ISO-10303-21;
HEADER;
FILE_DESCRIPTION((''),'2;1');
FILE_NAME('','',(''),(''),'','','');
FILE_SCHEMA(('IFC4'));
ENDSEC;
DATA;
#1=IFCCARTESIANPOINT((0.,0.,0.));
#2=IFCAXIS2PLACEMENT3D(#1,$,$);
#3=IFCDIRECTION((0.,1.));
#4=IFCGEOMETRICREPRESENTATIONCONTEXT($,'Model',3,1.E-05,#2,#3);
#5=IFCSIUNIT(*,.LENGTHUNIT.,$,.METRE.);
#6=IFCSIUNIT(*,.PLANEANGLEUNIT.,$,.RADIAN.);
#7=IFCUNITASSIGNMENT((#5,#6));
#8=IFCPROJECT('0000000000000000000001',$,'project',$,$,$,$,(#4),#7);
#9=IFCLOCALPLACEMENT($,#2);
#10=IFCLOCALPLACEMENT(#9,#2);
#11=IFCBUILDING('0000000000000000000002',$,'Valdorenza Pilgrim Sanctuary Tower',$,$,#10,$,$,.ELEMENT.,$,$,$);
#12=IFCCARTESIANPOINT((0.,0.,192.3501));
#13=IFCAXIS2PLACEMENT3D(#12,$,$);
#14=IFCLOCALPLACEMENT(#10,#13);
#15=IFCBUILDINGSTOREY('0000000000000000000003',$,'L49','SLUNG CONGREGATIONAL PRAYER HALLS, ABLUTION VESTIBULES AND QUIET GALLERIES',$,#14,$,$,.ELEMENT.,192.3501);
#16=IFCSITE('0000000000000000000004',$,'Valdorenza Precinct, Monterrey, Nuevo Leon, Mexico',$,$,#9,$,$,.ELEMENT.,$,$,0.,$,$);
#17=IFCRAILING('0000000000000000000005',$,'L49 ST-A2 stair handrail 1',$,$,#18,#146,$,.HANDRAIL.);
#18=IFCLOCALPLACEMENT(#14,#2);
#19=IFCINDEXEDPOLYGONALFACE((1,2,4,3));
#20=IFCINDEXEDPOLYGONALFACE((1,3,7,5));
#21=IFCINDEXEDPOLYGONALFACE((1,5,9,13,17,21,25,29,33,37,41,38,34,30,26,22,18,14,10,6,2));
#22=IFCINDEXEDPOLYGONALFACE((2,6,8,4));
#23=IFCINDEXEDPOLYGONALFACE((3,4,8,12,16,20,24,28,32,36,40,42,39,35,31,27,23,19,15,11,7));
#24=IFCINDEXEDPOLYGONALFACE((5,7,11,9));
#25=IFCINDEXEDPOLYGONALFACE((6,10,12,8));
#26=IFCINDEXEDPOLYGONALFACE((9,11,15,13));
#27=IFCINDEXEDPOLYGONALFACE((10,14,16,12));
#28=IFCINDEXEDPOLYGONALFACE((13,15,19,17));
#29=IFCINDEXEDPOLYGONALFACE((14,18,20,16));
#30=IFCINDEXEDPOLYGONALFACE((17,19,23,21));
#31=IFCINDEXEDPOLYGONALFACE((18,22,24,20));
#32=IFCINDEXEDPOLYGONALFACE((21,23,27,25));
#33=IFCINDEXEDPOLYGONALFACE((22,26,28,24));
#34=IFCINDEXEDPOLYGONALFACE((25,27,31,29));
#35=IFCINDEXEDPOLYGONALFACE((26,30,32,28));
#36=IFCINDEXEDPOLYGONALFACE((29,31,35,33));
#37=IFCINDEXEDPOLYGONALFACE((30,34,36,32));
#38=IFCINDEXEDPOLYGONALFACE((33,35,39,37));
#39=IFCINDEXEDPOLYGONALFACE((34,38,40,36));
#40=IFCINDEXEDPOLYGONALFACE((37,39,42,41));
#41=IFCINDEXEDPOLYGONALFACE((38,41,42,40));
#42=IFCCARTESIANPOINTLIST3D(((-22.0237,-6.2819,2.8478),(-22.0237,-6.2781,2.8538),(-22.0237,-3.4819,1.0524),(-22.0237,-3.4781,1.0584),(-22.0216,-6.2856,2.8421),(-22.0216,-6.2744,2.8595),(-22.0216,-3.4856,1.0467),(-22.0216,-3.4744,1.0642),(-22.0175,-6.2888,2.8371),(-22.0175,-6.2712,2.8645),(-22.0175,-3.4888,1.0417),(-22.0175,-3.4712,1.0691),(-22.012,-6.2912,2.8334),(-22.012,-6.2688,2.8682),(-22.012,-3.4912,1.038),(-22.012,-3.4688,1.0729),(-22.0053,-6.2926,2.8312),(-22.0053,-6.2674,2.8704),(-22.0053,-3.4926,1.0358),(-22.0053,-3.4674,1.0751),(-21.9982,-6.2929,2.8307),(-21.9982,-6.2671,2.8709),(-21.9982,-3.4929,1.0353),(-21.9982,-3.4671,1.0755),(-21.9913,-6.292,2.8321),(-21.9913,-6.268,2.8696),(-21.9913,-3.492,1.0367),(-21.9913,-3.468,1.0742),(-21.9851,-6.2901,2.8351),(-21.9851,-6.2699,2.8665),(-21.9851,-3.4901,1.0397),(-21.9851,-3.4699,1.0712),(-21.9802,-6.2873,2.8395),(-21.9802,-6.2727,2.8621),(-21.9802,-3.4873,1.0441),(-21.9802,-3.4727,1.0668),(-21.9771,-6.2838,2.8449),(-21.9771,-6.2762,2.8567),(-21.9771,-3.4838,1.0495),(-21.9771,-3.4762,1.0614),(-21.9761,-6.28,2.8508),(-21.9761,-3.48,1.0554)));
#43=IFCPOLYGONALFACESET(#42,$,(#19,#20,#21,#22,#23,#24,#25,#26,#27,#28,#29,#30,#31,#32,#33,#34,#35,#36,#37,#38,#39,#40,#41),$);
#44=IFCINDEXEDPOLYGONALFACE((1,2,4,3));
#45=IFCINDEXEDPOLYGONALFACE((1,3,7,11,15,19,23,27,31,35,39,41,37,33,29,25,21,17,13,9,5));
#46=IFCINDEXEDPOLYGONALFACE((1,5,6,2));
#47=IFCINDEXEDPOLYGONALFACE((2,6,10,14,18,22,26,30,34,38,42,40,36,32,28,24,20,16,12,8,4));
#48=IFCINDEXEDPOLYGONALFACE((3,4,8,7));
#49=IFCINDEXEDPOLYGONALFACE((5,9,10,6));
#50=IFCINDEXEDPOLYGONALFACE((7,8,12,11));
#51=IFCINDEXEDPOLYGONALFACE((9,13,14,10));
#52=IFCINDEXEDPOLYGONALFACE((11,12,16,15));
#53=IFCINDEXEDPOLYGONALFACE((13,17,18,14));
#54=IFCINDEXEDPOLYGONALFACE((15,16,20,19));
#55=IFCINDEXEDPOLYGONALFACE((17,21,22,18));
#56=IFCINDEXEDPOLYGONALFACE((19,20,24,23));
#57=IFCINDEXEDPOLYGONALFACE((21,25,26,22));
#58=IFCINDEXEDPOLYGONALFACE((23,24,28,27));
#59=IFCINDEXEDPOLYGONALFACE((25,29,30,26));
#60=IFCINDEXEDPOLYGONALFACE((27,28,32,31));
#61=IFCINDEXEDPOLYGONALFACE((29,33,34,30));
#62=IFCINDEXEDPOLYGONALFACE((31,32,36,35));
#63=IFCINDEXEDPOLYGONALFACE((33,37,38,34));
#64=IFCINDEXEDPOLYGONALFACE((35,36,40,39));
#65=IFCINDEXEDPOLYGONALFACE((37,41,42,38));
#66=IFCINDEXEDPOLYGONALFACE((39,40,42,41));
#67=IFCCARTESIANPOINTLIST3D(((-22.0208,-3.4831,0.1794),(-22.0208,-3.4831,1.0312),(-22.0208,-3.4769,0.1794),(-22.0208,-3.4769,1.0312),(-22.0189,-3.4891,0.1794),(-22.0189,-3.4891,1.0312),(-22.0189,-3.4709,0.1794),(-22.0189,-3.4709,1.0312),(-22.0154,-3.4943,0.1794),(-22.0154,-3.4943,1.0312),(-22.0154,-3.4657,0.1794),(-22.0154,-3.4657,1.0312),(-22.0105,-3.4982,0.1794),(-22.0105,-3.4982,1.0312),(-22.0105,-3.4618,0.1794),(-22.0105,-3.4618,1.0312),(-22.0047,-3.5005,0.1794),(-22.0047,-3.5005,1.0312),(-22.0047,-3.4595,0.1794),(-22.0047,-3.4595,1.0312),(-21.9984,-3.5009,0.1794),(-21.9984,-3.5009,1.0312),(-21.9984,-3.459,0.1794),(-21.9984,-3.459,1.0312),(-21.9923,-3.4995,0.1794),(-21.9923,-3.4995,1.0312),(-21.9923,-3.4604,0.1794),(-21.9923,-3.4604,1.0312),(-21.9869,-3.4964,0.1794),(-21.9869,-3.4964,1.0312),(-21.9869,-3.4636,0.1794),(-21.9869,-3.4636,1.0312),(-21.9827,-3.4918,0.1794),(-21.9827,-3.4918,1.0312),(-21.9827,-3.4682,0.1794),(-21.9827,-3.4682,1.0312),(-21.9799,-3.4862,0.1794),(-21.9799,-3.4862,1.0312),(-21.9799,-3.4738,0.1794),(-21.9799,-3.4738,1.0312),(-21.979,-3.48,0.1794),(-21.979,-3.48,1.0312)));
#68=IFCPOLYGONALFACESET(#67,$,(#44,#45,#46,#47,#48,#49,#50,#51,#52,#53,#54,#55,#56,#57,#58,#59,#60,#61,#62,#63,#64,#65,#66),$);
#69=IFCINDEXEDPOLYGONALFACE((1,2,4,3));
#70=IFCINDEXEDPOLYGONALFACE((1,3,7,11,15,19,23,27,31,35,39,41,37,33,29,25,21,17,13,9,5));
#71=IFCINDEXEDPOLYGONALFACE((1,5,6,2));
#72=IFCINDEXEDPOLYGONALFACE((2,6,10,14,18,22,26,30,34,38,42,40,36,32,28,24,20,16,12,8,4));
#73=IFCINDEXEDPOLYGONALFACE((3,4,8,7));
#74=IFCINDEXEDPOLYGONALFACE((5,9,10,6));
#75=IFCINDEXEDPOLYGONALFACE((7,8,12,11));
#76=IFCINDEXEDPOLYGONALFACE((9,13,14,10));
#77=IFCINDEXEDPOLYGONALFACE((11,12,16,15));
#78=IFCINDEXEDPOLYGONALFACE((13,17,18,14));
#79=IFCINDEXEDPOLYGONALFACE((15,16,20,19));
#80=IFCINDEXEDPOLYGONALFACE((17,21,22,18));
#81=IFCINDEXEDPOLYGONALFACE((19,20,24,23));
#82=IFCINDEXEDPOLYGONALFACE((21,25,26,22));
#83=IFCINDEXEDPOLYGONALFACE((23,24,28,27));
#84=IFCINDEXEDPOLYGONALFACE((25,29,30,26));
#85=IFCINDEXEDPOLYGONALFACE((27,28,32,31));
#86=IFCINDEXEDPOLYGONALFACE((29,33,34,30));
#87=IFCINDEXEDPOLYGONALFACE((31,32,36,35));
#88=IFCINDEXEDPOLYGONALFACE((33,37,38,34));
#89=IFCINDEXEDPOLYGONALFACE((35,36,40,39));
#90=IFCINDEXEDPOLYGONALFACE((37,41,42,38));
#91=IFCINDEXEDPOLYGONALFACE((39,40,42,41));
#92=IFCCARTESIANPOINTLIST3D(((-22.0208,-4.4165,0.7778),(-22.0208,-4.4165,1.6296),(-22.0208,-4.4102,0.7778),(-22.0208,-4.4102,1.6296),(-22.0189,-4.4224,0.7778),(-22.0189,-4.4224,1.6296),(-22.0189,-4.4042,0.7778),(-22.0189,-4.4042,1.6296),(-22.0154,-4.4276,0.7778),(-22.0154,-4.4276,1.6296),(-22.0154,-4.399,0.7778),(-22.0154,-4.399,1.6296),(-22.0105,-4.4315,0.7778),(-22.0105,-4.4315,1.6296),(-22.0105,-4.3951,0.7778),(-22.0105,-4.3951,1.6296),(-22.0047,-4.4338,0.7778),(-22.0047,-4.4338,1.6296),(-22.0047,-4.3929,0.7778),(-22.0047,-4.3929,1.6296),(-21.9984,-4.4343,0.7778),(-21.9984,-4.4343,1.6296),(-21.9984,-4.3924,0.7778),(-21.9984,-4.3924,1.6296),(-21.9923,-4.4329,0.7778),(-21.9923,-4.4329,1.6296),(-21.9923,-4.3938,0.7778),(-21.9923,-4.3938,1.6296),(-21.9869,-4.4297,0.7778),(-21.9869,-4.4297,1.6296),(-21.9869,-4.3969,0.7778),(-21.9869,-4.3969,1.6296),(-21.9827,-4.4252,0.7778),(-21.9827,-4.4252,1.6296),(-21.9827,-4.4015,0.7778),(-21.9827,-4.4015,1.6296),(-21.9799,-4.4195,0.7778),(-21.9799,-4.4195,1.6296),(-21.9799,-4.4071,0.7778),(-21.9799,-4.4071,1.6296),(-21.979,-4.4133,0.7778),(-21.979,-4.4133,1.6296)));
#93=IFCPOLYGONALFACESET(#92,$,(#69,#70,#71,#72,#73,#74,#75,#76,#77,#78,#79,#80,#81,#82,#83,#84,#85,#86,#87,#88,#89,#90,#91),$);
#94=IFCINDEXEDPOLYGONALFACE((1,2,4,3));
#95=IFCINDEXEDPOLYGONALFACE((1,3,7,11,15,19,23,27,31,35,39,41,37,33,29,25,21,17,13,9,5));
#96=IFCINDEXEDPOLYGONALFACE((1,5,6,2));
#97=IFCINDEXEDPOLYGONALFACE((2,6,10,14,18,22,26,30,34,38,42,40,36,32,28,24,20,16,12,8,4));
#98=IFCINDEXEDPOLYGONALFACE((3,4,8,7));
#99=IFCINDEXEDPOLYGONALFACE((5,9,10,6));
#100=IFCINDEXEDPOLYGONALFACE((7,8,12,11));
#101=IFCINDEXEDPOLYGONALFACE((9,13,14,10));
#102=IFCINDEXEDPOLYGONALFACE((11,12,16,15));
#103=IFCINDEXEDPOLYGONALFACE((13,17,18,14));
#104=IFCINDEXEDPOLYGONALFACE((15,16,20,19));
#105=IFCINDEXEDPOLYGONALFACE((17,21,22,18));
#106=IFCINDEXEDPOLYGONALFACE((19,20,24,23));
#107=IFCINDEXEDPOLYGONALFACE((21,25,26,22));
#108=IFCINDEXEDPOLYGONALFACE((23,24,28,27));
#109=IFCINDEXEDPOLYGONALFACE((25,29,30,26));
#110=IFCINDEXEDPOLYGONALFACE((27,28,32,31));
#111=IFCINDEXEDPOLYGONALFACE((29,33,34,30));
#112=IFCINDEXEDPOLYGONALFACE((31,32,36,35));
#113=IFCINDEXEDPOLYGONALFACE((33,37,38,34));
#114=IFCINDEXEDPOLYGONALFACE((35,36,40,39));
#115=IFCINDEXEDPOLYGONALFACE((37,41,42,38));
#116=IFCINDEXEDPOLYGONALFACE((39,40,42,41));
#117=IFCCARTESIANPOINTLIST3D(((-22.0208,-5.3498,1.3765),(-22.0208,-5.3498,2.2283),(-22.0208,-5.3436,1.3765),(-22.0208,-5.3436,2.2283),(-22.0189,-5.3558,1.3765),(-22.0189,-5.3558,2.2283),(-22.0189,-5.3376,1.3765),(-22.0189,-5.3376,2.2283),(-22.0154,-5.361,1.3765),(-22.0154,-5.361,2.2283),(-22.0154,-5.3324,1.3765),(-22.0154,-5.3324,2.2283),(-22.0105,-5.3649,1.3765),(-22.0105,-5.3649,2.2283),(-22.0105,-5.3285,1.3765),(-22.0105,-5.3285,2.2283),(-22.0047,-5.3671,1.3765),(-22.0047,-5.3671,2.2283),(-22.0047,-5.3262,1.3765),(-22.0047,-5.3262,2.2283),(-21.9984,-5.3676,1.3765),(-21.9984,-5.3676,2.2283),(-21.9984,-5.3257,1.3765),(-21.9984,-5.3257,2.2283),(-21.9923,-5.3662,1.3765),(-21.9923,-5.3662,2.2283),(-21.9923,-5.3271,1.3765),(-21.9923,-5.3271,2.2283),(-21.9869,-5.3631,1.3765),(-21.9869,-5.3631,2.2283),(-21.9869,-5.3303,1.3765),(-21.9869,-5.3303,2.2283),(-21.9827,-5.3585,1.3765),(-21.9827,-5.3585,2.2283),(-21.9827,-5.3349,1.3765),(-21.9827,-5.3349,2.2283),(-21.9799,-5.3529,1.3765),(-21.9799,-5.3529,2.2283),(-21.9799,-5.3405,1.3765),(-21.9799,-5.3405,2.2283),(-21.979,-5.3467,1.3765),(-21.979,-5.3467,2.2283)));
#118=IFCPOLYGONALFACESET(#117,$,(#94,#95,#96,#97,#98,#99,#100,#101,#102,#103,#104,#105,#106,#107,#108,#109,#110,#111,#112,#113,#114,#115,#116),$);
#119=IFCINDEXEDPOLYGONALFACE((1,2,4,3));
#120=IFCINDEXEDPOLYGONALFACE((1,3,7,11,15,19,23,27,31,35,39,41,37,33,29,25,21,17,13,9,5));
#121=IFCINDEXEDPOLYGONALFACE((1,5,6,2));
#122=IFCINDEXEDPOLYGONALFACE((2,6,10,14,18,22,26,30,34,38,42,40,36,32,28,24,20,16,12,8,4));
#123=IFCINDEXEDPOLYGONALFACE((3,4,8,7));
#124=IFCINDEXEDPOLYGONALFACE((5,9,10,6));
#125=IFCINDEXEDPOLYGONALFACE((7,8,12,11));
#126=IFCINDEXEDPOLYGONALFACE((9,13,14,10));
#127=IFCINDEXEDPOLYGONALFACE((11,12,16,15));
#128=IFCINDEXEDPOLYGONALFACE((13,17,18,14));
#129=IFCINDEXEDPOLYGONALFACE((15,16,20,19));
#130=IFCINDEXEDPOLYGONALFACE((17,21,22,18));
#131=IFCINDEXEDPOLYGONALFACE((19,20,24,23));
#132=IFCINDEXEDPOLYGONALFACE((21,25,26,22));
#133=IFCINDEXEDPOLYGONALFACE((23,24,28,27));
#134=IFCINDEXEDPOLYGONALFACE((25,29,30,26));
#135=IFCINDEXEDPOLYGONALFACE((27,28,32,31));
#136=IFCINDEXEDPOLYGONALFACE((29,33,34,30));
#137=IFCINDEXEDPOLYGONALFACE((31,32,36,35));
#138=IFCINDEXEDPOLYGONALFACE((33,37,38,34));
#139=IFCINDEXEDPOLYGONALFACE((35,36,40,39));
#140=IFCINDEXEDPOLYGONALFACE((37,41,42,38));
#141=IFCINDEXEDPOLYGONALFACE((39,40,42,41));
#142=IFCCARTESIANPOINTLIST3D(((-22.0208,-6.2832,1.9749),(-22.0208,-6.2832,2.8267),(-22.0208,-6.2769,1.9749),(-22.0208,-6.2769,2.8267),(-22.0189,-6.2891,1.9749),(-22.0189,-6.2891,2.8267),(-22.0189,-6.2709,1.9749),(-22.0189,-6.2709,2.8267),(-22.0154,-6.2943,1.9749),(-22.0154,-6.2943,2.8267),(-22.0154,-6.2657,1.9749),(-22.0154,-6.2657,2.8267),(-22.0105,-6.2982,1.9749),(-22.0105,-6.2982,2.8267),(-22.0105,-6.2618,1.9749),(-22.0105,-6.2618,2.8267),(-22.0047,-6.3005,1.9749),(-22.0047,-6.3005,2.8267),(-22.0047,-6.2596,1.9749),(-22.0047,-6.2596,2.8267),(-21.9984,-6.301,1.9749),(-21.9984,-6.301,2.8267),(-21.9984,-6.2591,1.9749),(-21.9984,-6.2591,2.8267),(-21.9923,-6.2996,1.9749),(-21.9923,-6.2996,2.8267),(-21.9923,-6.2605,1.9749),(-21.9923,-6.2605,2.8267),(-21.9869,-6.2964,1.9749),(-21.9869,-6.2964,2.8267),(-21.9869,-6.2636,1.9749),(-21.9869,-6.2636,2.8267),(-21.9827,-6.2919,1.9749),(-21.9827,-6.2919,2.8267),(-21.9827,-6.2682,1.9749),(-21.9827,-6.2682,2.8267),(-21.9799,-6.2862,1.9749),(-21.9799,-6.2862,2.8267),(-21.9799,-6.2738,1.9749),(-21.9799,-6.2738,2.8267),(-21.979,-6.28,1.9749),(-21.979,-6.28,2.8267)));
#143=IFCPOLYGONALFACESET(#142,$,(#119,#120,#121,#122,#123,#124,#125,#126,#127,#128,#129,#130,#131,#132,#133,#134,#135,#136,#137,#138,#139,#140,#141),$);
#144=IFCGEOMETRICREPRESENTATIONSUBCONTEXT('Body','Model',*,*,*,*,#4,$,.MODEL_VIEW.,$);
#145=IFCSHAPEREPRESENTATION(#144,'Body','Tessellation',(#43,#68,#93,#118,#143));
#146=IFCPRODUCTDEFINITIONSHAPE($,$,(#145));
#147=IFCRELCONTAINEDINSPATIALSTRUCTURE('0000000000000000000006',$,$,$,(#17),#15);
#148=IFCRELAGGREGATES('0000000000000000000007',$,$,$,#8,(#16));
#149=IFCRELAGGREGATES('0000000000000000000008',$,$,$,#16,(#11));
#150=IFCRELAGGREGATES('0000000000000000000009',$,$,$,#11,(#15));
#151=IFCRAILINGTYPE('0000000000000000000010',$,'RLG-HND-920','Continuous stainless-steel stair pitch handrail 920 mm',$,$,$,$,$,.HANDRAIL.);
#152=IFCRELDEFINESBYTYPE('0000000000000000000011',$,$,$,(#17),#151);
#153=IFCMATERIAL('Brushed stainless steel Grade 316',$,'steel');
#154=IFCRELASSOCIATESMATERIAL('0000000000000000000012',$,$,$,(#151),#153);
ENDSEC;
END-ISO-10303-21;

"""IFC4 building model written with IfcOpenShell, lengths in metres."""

from ifc_helpers import new_model, si_unit, direction, frame, origin, origin_2d, place, context, subcontext, project, spatial, circle, extrude, material, type_object, element, save


model = new_model("IFC4")

# Units and contexts
model_context = context("Model", 3, precision=1e-05, world=origin(), true_north=direction((0.0, 1.0)))
body_context = subcontext(model_context, "Body", "Model", "MODEL_VIEW")
ifc_project = project(units=[si_unit("LENGTHUNIT", "METRE"), si_unit("PLANEANGLEUNIT", "RADIAN")], contexts=[model_context])

# Site, building, storey
site_placement = place(None, origin())
site = spatial("IfcSite", under=ifc_project, at=site_placement, Name="Valdorenza Precinct, Monterrey, Nuevo Leon, Mexico", CompositionType="ELEMENT", RefElevation=0.0)
building_placement = place(site_placement, origin())
building = spatial("IfcBuilding", under=site, at=building_placement, Name="Valdorenza Pilgrim Sanctuary Tower", CompositionType="ELEMENT")
storey_placement = place(building_placement, frame((0.0, 0.0, 192.3501)))
storey = spatial("IfcBuildingStorey", under=building, at=storey_placement, Name="L49", Description="SLUNG CONGREGATIONAL PRAYER HALLS, ABLUTION VESTIBULES AND QUIET GALLERIES", CompositionType="ELEMENT", Elevation=192.3501)

# Railing
ifc_material_1 = material(Name="Brushed stainless steel Grade 316", Category="steel")
railing_type_1 = type_object("IfcRailingType", Name="RLG-HND-920", Description="Continuous stainless-steel stair pitch handrail 920 mm", PredefinedType="HANDRAIL", material=ifc_material_1)
railing_1_placement = place(storey_placement, frame((-22.0, -3.48, 0.1794)))
element("IfcRailing", 1, at=railing_1_placement, inside=storey, type_object=railing_type_1, Name="L49 ST-A2 stair handrail 1", PredefinedType="HANDRAIL", context=body_context, shape_type="SweptSolid", body=[
    extrude(circle(Radius=0.0239, at=origin_2d()), frame((0.0, 0.0, 0.876), z_axis=(0.0, -0.84181, 0.539774), x_axis=(1.0, 0.0, 0.0)), (0.0, 0.0, 1.0), 3.3262),
    extrude(circle(Radius=0.021, at=origin_2d()), origin(), (0.0, 0.0, 1.0), 0.8518),
    extrude(circle(Radius=0.021, at=origin_2d()), frame((0.0, -0.9333, 0.5984)), (0.0, 0.0, 1.0), 0.8518),
    extrude(circle(Radius=0.021, at=origin_2d()), frame((0.0, -1.8667, 1.197)), (0.0, 0.0, 1.0), 0.8518),
    extrude(circle(Radius=0.021, at=origin_2d()), frame((0.0, -2.8, 1.7954)), (0.0, 0.0, 1.0), 0.8518),
])

save(model, "model.ifc")
